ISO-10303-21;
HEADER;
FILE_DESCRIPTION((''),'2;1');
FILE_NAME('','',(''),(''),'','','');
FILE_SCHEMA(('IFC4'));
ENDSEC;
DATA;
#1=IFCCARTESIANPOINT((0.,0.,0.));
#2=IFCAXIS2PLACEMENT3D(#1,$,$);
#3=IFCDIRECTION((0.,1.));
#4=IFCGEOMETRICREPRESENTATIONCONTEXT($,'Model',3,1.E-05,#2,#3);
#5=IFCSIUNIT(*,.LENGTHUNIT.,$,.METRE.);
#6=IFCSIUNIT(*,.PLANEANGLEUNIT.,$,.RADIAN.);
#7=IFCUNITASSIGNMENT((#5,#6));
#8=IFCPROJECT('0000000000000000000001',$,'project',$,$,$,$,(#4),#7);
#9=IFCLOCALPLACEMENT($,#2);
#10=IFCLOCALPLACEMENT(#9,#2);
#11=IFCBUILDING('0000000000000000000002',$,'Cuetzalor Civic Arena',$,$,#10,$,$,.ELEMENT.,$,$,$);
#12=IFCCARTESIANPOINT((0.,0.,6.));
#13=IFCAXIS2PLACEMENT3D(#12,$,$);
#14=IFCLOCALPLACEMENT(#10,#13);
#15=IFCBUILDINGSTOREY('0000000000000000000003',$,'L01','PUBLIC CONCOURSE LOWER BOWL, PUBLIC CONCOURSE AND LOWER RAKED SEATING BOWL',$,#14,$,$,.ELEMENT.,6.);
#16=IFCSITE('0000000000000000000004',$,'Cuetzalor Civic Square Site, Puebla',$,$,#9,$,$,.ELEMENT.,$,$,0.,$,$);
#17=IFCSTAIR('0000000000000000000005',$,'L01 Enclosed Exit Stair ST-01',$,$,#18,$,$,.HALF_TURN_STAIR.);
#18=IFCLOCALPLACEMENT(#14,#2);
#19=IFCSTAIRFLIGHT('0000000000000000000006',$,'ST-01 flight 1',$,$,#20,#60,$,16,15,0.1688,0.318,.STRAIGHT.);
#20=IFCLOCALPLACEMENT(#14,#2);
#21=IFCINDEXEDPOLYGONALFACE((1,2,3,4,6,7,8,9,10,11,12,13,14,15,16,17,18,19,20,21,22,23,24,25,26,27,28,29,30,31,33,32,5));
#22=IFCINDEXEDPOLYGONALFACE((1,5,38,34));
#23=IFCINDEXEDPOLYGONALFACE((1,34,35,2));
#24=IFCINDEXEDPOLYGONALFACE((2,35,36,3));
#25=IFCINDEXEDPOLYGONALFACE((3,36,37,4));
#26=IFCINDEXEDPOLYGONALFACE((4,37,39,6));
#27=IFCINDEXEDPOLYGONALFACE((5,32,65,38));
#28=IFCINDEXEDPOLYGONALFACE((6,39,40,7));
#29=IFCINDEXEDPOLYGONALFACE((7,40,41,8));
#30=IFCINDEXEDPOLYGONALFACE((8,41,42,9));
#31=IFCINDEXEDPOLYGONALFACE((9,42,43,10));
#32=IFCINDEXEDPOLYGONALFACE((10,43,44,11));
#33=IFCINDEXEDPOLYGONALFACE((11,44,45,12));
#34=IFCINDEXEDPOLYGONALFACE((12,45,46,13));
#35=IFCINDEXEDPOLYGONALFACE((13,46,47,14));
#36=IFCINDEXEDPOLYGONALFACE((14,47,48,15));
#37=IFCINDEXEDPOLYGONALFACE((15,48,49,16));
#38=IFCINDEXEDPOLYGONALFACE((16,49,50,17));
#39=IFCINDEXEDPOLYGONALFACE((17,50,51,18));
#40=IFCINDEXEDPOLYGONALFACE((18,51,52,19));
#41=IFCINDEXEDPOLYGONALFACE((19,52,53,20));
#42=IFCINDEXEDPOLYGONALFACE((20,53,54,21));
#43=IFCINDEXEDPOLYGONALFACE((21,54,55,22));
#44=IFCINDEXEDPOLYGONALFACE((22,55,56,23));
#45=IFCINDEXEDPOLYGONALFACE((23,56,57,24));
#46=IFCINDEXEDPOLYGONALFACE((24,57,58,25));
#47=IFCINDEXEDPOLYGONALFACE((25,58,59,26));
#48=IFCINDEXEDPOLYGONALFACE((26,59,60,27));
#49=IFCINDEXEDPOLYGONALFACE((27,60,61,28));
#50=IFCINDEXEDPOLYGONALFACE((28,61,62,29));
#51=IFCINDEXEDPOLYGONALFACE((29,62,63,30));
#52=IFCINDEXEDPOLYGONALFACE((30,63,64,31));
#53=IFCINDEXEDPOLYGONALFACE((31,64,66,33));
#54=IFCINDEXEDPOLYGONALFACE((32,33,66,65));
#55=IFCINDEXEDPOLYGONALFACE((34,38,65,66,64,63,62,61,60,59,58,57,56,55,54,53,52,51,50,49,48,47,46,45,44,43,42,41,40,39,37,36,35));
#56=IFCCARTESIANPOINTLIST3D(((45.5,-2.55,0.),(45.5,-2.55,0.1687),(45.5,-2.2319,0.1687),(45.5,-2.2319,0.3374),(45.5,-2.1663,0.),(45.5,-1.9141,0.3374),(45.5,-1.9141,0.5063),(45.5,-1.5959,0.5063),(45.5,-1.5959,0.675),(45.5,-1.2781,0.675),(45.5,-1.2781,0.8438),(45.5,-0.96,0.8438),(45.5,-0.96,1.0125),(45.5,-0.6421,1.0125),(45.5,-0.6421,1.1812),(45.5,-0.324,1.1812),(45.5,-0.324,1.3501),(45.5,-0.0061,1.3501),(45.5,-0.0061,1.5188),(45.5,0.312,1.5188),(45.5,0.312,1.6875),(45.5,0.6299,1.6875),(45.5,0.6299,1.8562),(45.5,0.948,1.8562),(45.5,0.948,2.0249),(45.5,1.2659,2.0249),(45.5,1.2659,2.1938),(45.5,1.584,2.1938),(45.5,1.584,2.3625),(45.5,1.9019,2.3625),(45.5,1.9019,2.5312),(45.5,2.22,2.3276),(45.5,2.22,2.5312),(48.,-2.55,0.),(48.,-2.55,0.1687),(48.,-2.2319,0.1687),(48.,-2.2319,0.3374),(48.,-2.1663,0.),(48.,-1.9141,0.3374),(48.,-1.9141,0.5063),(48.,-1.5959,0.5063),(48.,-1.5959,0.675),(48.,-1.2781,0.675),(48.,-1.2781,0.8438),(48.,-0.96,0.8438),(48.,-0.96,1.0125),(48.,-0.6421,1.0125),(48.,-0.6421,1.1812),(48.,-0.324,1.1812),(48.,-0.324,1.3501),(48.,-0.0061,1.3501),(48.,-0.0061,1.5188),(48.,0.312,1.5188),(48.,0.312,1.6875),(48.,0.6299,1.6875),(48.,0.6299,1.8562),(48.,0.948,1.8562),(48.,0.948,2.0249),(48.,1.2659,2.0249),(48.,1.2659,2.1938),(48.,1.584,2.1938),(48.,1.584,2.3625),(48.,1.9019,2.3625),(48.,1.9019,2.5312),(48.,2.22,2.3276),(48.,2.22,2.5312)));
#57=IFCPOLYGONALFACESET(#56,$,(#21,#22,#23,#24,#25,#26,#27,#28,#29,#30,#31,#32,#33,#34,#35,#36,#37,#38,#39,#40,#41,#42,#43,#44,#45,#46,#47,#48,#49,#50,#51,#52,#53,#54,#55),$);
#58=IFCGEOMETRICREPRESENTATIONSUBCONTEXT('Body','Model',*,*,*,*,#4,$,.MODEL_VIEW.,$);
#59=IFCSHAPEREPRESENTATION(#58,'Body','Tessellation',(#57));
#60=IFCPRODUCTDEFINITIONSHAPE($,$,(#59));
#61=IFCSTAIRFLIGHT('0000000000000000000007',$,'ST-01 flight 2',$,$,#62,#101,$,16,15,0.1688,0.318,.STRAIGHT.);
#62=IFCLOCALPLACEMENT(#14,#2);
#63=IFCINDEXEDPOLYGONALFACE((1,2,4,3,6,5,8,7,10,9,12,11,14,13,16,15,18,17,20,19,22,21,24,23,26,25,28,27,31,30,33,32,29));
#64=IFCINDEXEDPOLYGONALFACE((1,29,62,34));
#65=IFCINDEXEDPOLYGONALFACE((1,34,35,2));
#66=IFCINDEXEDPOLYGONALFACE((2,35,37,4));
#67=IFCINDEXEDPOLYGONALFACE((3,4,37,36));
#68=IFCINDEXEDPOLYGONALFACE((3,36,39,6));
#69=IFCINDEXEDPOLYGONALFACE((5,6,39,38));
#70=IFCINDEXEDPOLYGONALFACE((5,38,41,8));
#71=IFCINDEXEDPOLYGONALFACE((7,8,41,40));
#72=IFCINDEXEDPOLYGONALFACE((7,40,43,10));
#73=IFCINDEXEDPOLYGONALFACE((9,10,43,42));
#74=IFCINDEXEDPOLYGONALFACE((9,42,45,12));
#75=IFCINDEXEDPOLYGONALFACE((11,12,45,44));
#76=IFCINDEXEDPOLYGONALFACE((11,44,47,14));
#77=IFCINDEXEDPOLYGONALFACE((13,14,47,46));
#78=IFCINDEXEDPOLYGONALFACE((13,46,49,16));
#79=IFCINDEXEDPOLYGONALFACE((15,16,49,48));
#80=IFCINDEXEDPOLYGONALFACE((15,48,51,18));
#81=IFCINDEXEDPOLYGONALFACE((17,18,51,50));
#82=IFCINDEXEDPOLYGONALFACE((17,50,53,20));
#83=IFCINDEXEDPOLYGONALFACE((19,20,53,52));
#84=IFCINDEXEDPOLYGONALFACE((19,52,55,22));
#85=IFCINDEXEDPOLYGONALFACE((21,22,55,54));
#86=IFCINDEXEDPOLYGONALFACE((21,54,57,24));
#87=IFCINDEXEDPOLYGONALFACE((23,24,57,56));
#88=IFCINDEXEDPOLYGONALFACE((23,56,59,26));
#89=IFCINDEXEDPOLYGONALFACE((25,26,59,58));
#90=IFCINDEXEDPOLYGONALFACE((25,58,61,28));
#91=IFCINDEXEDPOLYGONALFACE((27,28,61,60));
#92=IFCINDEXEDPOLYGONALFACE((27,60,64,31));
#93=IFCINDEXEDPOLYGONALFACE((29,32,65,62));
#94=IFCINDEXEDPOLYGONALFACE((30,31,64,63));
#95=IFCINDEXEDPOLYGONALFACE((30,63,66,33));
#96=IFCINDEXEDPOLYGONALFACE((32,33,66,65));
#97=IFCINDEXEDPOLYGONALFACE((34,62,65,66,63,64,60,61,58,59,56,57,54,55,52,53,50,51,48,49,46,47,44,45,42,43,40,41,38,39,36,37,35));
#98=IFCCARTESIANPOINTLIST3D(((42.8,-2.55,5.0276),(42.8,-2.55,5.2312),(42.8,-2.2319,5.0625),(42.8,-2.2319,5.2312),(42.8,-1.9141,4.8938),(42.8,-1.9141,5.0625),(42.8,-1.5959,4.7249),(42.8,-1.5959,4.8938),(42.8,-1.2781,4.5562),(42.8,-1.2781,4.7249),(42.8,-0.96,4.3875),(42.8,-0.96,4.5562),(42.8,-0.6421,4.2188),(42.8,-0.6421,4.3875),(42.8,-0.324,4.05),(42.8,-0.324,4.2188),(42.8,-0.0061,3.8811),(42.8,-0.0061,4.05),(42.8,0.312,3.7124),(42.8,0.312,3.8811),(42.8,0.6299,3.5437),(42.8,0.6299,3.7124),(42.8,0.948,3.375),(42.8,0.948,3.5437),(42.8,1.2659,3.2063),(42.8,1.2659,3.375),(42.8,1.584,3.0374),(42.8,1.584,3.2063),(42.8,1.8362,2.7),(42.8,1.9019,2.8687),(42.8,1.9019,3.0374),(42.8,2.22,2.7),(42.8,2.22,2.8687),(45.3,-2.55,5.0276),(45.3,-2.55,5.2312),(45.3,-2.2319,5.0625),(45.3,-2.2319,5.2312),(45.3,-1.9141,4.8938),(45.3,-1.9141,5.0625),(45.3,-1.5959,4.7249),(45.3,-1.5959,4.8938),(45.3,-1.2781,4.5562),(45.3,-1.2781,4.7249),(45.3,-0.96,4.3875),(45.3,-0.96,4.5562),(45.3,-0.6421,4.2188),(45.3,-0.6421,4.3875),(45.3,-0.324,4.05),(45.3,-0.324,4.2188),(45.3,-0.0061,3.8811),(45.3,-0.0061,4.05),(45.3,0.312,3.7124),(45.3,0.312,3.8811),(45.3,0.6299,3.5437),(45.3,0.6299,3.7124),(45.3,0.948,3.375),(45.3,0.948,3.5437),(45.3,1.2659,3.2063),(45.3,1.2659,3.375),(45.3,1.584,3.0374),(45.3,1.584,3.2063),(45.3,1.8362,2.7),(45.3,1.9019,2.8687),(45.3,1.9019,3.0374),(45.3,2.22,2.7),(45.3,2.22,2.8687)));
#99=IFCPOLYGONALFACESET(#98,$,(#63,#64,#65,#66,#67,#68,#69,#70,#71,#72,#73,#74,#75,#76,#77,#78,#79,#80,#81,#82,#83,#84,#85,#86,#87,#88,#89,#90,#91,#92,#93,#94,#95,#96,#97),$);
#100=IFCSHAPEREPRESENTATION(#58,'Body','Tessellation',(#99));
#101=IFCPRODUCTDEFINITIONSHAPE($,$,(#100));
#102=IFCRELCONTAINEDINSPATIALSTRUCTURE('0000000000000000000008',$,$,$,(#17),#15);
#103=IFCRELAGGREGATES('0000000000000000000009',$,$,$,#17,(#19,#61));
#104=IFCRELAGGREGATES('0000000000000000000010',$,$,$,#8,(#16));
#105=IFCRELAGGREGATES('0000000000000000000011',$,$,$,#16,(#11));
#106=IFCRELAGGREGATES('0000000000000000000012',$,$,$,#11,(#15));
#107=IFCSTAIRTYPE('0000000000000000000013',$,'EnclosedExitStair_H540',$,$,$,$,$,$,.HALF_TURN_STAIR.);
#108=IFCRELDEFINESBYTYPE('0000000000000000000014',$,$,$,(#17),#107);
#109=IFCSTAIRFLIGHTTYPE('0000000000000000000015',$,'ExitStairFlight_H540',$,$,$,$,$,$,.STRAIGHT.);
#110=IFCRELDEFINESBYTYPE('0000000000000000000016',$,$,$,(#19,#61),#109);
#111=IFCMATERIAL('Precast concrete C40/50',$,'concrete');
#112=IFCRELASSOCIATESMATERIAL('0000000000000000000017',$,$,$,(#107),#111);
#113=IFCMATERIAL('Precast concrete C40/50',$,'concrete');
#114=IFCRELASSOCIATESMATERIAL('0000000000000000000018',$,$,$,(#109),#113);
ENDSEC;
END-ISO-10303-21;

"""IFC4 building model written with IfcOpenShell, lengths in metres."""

from ifc_helpers import new_model, si_unit, direction, frame, origin, place, context, subcontext, project, spatial, polyline, outline, extrude, material, type_object, element, aggregate, save


model = new_model("IFC4")

# Units and contexts
model_context = context("Model", 3, precision=1e-05, world=origin(), true_north=direction((0.0, 1.0)))
body_context = subcontext(model_context, "Body", "Model", "MODEL_VIEW")
ifc_project = project(units=[si_unit("LENGTHUNIT", "METRE"), si_unit("PLANEANGLEUNIT", "RADIAN")], contexts=[model_context])

# Site, building, storey
site_placement = place(None, origin())
site = spatial("IfcSite", under=ifc_project, at=site_placement, Name="Cuetzalor Civic Square Site, Puebla", CompositionType="ELEMENT", RefElevation=0.0)
building_placement = place(site_placement, origin())
building = spatial("IfcBuilding", under=site, at=building_placement, Name="Cuetzalor Civic Arena", CompositionType="ELEMENT")
storey_placement = place(building_placement, frame((0.0, 0.0, 6.0)))
storey = spatial("IfcBuildingStorey", under=building, at=storey_placement, Name="L01", Description="PUBLIC CONCOURSE LOWER BOWL, PUBLIC CONCOURSE AND LOWER RAKED SEATING BOWL", CompositionType="ELEMENT", Elevation=6.0)

# Stair, stair flights
ifc_material_1 = material(Name="Precast concrete C40/50", Category="concrete")
stair_type = type_object("IfcStairType", Name="EnclosedExitStair_H540", PredefinedType="HALF_TURN_STAIR", material=ifc_material_1)
stair_placement = place(storey_placement, origin())
stair = element("IfcStair", 1, at=stair_placement, inside=storey, type_object=stair_type, Name="L01 Enclosed Exit Stair ST-01", PredefinedType="HALF_TURN_STAIR")
ifc_material_2 = material(Name="Precast concrete C40/50", Category="concrete")
stair_flight_type = type_object("IfcStairFlightType", Name="ExitStairFlight_H540", PredefinedType="STRAIGHT", material=ifc_material_2)
stair_flight_1_placement = place(storey_placement, frame((46.75, -2.55, 0.0), z_axis=(0.0, 0.0, 1.0), x_axis=(0.0, 1.0, 0.0)))
stair_flight_1 = element("IfcStairFlight", 2, at=stair_flight_1_placement, type_object=stair_flight_type, Name="ST-01 flight 1", NumberOfRisers=16, NumberOfTreads=15, PredefinedType="STRAIGHT", RiserHeight=0.1688, TreadLength=0.318, context=body_context, shape_type="SweptSolid", body=[
    extrude(outline(polyline([(0.0, 0.0), (0.0, 0.1687), (0.3181, 0.1687), (0.3181, 0.3374), (0.636, 0.3374), (0.636, 0.5063), (0.9541, 0.5063), (0.9541, 0.675), (1.272, 0.675), (1.272, 0.8438), (1.5901, 0.8438), (1.5901, 1.0125), (1.908, 1.0125), (1.908, 1.1812), (2.2261, 1.1812), (2.2261, 1.3501), (2.5439, 1.3501), (2.5439, 1.5188), (2.8621, 1.5188), (2.8621, 1.6875), (3.1799, 1.6875), (3.1799, 1.8562), (3.498, 1.8562), (3.498, 2.0249), (3.8159, 2.0249), (3.8159, 2.1938), (4.134, 2.1938), (4.134, 2.3625), (4.4519, 2.3625), (4.4519, 2.5312), (4.77, 2.5312), (4.77, 2.7), (4.77, 2.3276), (0.3838, 0.0), (0.0, 0.0)])), frame((0.0, 1.25, 0.0), z_axis=(0.0, -1.0, 0.0), x_axis=(1.0, 0.0, 0.0)), (0.0, 0.0, 1.0), 2.5),
])
stair_flight_2_placement = place(storey_placement, frame((44.05, 2.22, 2.7), z_axis=(0.0, 0.0, 1.0), x_axis=(0.0, -1.0, 0.0)))
stair_flight_2 = element("IfcStairFlight", 3, at=stair_flight_2_placement, type_object=stair_flight_type, Name="ST-01 flight 2", NumberOfRisers=16, NumberOfTreads=15, PredefinedType="STRAIGHT", RiserHeight=0.1688, TreadLength=0.318, context=body_context, shape_type="SweptSolid", body=[
    extrude(outline(polyline([(0.0, 0.0), (0.0, 0.1687), (0.3181, 0.1687), (0.3181, 0.3374), (0.636, 0.3374), (0.636, 0.5063), (0.9541, 0.5063), (0.9541, 0.675), (1.272, 0.675), (1.272, 0.8438), (1.5901, 0.8438), (1.5901, 1.0125), (1.908, 1.0125), (1.908, 1.1812), (2.2261, 1.1812), (2.2261, 1.3501), (2.5439, 1.3501), (2.5439, 1.5188), (2.8621, 1.5188), (2.8621, 1.6875), (3.1799, 1.6875), (3.1799, 1.8562), (3.498, 1.8562), (3.498, 2.0249), (3.8159, 2.0249), (3.8159, 2.1938), (4.134, 2.1938), (4.134, 2.3625), (4.4519, 2.3625), (4.4519, 2.5312), (4.77, 2.5312), (4.77, 2.7), (4.77, 2.3276), (0.3838, 0.0), (0.0, 0.0)])), frame((0.0, 1.25, 0.0), z_axis=(0.0, -1.0, 0.0), x_axis=(1.0, 0.0, 0.0)), (0.0, 0.0, 1.0), 2.5),
])
aggregate(stair, [stair_flight_1, stair_flight_2])

save(model, "model.ifc")
